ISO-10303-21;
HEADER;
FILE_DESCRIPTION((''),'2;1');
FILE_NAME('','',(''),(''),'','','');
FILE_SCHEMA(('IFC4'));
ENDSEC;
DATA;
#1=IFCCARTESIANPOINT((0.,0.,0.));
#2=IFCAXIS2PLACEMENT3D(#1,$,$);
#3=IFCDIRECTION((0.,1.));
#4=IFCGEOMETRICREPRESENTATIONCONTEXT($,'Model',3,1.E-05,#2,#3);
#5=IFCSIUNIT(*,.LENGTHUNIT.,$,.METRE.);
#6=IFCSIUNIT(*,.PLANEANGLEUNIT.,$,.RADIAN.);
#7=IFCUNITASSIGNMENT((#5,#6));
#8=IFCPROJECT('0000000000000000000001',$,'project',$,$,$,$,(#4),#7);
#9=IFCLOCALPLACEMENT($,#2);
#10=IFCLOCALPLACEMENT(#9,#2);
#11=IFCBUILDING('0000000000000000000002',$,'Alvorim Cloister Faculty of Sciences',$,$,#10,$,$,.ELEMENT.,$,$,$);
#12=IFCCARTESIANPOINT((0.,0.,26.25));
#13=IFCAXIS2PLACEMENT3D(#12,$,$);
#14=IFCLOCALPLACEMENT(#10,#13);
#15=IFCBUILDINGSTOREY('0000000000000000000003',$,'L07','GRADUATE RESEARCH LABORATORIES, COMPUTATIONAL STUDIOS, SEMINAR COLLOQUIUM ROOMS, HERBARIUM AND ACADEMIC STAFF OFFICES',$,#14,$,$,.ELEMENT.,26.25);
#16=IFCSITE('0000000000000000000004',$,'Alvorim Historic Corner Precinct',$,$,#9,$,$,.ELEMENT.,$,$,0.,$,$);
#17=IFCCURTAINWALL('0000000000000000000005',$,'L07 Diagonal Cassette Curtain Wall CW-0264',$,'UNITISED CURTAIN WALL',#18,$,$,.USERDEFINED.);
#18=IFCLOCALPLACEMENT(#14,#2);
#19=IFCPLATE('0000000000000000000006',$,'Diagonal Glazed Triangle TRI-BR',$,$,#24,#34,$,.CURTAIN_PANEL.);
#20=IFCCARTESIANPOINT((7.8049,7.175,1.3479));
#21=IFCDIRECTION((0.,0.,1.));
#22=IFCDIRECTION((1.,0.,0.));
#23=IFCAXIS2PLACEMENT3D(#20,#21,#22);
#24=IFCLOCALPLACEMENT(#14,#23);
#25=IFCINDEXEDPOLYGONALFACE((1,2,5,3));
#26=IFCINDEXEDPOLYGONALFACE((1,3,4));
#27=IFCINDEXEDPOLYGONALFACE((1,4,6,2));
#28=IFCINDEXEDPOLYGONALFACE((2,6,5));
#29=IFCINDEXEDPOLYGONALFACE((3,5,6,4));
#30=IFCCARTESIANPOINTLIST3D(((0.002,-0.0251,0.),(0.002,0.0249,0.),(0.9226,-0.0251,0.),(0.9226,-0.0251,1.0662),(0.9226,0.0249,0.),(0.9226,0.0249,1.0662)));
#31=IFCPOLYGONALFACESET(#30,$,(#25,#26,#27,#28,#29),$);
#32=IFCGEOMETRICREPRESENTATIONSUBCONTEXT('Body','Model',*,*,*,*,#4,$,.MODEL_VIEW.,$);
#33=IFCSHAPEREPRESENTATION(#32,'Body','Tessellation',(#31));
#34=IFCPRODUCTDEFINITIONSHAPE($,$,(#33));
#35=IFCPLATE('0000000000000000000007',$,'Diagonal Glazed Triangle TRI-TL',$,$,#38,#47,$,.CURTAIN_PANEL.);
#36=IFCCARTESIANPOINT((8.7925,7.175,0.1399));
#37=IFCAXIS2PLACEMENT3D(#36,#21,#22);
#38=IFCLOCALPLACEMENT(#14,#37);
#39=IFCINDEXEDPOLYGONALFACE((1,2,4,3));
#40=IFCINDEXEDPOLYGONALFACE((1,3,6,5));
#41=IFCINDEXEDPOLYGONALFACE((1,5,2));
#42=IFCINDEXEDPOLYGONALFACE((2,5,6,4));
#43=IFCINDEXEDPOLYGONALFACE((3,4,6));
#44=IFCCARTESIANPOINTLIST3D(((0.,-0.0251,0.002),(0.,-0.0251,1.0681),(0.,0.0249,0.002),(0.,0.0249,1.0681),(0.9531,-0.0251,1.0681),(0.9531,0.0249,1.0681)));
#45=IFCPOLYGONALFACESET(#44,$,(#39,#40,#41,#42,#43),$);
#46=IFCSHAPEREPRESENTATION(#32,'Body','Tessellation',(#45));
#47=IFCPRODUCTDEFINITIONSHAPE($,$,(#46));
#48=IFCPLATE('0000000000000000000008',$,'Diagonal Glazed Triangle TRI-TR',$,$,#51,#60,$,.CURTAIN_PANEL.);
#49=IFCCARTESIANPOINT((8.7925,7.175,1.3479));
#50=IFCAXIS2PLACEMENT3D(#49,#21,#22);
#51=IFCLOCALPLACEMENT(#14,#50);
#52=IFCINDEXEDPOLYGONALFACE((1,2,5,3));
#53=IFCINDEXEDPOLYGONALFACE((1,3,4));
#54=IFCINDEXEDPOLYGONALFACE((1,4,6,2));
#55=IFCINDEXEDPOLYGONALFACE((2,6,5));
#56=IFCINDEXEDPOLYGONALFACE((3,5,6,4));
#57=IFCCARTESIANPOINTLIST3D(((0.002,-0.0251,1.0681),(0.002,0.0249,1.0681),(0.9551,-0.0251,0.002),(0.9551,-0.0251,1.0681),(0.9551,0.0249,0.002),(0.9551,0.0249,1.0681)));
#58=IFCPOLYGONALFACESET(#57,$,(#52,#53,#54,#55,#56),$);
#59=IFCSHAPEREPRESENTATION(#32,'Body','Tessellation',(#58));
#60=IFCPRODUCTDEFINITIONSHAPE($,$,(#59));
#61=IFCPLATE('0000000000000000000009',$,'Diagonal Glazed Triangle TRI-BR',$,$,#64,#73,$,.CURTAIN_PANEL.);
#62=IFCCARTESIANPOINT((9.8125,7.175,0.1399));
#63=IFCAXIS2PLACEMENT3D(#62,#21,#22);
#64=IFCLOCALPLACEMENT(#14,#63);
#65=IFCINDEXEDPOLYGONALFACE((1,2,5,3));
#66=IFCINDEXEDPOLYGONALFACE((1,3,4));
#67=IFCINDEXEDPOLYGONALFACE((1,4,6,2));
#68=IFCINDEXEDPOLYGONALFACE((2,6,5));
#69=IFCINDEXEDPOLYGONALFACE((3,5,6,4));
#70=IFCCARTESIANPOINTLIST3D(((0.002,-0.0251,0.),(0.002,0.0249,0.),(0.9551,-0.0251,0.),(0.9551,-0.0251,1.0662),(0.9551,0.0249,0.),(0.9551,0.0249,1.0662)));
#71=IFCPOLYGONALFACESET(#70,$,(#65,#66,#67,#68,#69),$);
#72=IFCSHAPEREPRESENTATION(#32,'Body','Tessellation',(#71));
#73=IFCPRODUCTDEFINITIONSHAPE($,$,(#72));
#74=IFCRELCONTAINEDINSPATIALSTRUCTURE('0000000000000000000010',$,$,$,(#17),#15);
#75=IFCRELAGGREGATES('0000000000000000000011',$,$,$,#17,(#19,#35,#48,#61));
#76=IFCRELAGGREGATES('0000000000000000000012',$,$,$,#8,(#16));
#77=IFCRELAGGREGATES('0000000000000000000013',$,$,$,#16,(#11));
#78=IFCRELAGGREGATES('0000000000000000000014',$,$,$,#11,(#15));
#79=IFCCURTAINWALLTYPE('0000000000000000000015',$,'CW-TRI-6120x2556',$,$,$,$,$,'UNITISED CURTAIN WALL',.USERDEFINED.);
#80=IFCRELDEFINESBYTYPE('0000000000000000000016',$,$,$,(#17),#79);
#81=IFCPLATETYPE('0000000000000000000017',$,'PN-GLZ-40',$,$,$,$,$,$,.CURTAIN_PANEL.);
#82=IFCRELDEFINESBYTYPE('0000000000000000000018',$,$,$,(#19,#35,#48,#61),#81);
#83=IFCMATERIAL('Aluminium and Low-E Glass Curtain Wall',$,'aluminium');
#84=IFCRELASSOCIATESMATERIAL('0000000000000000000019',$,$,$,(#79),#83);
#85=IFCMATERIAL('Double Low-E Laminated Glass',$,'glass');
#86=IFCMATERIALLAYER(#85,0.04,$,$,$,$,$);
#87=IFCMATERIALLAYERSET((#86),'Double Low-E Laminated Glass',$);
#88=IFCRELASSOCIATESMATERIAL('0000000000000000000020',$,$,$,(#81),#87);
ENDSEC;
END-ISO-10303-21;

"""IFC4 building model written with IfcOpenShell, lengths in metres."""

from ifc_helpers import new_model, si_unit, direction, frame, origin, place, context, subcontext, project, spatial, polyline, outline, extrude, material, layer, layer_set, type_object, element, aggregate, save


model = new_model("IFC4")

# Units and contexts
model_context = context("Model", 3, precision=1e-05, world=origin(), true_north=direction((0.0, 1.0)))
body_context = subcontext(model_context, "Body", "Model", "MODEL_VIEW")
ifc_project = project(units=[si_unit("LENGTHUNIT", "METRE"), si_unit("PLANEANGLEUNIT", "RADIAN")], contexts=[model_context])

# Site, building, storey
site_placement = place(None, origin())
site = spatial("IfcSite", under=ifc_project, at=site_placement, Name="Alvorim Historic Corner Precinct", CompositionType="ELEMENT", RefElevation=0.0)
building_placement = place(site_placement, origin())
building = spatial("IfcBuilding", under=site, at=building_placement, Name="Alvorim Cloister Faculty of Sciences", CompositionType="ELEMENT")
storey_placement = place(building_placement, frame((0.0, 0.0, 26.25)))
storey = spatial("IfcBuildingStorey", under=building, at=storey_placement, Name="L07", Description="GRADUATE RESEARCH LABORATORIES, COMPUTATIONAL STUDIOS, SEMINAR COLLOQUIUM ROOMS, HERBARIUM AND ACADEMIC STAFF OFFICES", CompositionType="ELEMENT", Elevation=26.25)

# Curtain wall
ifc_material_1 = material(Name="Aluminium and Low-E Glass Curtain Wall", Category="aluminium")
curtain_wall_type_1 = type_object("IfcCurtainWallType", Name="CW-TRI-6120x2556", ElementType="UNITISED CURTAIN WALL", PredefinedType="USERDEFINED", material=ifc_material_1)
curtain_wall_1_placement = place(storey_placement, origin())
curtain_wall_1 = element("IfcCurtainWall", 1, at=curtain_wall_1_placement, inside=storey, type_object=curtain_wall_type_1, Name="L07 Diagonal Cassette Curtain Wall CW-0264", ObjectType="UNITISED CURTAIN WALL", PredefinedType="USERDEFINED")

# Plates
ifc_material_2 = material(Name="Double Low-E Laminated Glass", Category="glass")
ifc_layer_1 = layer(ifc_material_2, 0.04)
ifc_layer_set_1 = layer_set([ifc_layer_1], Name="Double Low-E Laminated Glass")
plate_type = type_object("IfcPlateType", Name="PN-GLZ-40", PredefinedType="CURTAIN_PANEL", material=ifc_layer_set_1)
plate_1_placement = place(storey_placement, frame((7.8049, 7.175, 1.3479), z_axis=(0.0, 0.0, 1.0), x_axis=(1.0, 0.0, 0.0)))
plate_1 = element("IfcPlate", 2, at=plate_1_placement, type_object=plate_type, Name="Diagonal Glazed Triangle TRI-BR", PredefinedType="CURTAIN_PANEL", context=body_context, shape_type="SweptSolid", body=[
    extrude(outline(polyline([(0.002, 0.0), (0.9226, 0.0), (0.9226, 1.0662), (0.002, 0.0)])), frame((0.0, 0.0249, 0.0), z_axis=(0.0, -1.0, 0.0), x_axis=(1.0, 0.0, 0.0)), (0.0, 0.0, 1.0), 0.05),
])
plate_2_placement = place(storey_placement, frame((8.7925, 7.175, 0.1399), z_axis=(0.0, 0.0, 1.0), x_axis=(1.0, 0.0, 0.0)))
plate_2 = element("IfcPlate", 3, at=plate_2_placement, type_object=plate_type, Name="Diagonal Glazed Triangle TRI-TL", PredefinedType="CURTAIN_PANEL", context=body_context, shape_type="SweptSolid", body=[
    extrude(outline(polyline([(0.9531, 1.0681), (0.0, 1.0681), (0.0, 0.002), (0.9531, 1.0681)])), frame((0.0, 0.0249, 0.0), z_axis=(0.0, -1.0, 0.0), x_axis=(1.0, 0.0, 0.0)), (0.0, 0.0, 1.0), 0.05),
])
plate_3_placement = place(storey_placement, frame((8.7925, 7.175, 1.3479), z_axis=(0.0, 0.0, 1.0), x_axis=(1.0, 0.0, 0.0)))
plate_3 = element("IfcPlate", 4, at=plate_3_placement, type_object=plate_type, Name="Diagonal Glazed Triangle TRI-TR", PredefinedType="CURTAIN_PANEL", context=body_context, shape_type="SweptSolid", body=[
    extrude(outline(polyline([(0.9551, 0.002), (0.9551, 1.0681), (0.002, 1.0681), (0.9551, 0.002)])), frame((0.0, 0.0249, 0.0), z_axis=(0.0, -1.0, 0.0), x_axis=(1.0, 0.0, 0.0)), (0.0, 0.0, 1.0), 0.05),
])
plate_4_placement = place(storey_placement, frame((9.8125, 7.175, 0.1399), z_axis=(0.0, 0.0, 1.0), x_axis=(1.0, 0.0, 0.0)))
plate_4 = element("IfcPlate", 5, at=plate_4_placement, type_object=plate_type, Name="Diagonal Glazed Triangle TRI-BR", PredefinedType="CURTAIN_PANEL", context=body_context, shape_type="SweptSolid", body=[
    extrude(outline(polyline([(0.002, 0.0), (0.9551, 0.0), (0.9551, 1.0662), (0.002, 0.0)])), frame((0.0, 0.0249, 0.0), z_axis=(0.0, -1.0, 0.0), x_axis=(1.0, 0.0, 0.0)), (0.0, 0.0, 1.0), 0.05),
])
aggregate(curtain_wall_1, [plate_1, plate_2, plate_3, plate_4])

save(model, "model.ifc")
